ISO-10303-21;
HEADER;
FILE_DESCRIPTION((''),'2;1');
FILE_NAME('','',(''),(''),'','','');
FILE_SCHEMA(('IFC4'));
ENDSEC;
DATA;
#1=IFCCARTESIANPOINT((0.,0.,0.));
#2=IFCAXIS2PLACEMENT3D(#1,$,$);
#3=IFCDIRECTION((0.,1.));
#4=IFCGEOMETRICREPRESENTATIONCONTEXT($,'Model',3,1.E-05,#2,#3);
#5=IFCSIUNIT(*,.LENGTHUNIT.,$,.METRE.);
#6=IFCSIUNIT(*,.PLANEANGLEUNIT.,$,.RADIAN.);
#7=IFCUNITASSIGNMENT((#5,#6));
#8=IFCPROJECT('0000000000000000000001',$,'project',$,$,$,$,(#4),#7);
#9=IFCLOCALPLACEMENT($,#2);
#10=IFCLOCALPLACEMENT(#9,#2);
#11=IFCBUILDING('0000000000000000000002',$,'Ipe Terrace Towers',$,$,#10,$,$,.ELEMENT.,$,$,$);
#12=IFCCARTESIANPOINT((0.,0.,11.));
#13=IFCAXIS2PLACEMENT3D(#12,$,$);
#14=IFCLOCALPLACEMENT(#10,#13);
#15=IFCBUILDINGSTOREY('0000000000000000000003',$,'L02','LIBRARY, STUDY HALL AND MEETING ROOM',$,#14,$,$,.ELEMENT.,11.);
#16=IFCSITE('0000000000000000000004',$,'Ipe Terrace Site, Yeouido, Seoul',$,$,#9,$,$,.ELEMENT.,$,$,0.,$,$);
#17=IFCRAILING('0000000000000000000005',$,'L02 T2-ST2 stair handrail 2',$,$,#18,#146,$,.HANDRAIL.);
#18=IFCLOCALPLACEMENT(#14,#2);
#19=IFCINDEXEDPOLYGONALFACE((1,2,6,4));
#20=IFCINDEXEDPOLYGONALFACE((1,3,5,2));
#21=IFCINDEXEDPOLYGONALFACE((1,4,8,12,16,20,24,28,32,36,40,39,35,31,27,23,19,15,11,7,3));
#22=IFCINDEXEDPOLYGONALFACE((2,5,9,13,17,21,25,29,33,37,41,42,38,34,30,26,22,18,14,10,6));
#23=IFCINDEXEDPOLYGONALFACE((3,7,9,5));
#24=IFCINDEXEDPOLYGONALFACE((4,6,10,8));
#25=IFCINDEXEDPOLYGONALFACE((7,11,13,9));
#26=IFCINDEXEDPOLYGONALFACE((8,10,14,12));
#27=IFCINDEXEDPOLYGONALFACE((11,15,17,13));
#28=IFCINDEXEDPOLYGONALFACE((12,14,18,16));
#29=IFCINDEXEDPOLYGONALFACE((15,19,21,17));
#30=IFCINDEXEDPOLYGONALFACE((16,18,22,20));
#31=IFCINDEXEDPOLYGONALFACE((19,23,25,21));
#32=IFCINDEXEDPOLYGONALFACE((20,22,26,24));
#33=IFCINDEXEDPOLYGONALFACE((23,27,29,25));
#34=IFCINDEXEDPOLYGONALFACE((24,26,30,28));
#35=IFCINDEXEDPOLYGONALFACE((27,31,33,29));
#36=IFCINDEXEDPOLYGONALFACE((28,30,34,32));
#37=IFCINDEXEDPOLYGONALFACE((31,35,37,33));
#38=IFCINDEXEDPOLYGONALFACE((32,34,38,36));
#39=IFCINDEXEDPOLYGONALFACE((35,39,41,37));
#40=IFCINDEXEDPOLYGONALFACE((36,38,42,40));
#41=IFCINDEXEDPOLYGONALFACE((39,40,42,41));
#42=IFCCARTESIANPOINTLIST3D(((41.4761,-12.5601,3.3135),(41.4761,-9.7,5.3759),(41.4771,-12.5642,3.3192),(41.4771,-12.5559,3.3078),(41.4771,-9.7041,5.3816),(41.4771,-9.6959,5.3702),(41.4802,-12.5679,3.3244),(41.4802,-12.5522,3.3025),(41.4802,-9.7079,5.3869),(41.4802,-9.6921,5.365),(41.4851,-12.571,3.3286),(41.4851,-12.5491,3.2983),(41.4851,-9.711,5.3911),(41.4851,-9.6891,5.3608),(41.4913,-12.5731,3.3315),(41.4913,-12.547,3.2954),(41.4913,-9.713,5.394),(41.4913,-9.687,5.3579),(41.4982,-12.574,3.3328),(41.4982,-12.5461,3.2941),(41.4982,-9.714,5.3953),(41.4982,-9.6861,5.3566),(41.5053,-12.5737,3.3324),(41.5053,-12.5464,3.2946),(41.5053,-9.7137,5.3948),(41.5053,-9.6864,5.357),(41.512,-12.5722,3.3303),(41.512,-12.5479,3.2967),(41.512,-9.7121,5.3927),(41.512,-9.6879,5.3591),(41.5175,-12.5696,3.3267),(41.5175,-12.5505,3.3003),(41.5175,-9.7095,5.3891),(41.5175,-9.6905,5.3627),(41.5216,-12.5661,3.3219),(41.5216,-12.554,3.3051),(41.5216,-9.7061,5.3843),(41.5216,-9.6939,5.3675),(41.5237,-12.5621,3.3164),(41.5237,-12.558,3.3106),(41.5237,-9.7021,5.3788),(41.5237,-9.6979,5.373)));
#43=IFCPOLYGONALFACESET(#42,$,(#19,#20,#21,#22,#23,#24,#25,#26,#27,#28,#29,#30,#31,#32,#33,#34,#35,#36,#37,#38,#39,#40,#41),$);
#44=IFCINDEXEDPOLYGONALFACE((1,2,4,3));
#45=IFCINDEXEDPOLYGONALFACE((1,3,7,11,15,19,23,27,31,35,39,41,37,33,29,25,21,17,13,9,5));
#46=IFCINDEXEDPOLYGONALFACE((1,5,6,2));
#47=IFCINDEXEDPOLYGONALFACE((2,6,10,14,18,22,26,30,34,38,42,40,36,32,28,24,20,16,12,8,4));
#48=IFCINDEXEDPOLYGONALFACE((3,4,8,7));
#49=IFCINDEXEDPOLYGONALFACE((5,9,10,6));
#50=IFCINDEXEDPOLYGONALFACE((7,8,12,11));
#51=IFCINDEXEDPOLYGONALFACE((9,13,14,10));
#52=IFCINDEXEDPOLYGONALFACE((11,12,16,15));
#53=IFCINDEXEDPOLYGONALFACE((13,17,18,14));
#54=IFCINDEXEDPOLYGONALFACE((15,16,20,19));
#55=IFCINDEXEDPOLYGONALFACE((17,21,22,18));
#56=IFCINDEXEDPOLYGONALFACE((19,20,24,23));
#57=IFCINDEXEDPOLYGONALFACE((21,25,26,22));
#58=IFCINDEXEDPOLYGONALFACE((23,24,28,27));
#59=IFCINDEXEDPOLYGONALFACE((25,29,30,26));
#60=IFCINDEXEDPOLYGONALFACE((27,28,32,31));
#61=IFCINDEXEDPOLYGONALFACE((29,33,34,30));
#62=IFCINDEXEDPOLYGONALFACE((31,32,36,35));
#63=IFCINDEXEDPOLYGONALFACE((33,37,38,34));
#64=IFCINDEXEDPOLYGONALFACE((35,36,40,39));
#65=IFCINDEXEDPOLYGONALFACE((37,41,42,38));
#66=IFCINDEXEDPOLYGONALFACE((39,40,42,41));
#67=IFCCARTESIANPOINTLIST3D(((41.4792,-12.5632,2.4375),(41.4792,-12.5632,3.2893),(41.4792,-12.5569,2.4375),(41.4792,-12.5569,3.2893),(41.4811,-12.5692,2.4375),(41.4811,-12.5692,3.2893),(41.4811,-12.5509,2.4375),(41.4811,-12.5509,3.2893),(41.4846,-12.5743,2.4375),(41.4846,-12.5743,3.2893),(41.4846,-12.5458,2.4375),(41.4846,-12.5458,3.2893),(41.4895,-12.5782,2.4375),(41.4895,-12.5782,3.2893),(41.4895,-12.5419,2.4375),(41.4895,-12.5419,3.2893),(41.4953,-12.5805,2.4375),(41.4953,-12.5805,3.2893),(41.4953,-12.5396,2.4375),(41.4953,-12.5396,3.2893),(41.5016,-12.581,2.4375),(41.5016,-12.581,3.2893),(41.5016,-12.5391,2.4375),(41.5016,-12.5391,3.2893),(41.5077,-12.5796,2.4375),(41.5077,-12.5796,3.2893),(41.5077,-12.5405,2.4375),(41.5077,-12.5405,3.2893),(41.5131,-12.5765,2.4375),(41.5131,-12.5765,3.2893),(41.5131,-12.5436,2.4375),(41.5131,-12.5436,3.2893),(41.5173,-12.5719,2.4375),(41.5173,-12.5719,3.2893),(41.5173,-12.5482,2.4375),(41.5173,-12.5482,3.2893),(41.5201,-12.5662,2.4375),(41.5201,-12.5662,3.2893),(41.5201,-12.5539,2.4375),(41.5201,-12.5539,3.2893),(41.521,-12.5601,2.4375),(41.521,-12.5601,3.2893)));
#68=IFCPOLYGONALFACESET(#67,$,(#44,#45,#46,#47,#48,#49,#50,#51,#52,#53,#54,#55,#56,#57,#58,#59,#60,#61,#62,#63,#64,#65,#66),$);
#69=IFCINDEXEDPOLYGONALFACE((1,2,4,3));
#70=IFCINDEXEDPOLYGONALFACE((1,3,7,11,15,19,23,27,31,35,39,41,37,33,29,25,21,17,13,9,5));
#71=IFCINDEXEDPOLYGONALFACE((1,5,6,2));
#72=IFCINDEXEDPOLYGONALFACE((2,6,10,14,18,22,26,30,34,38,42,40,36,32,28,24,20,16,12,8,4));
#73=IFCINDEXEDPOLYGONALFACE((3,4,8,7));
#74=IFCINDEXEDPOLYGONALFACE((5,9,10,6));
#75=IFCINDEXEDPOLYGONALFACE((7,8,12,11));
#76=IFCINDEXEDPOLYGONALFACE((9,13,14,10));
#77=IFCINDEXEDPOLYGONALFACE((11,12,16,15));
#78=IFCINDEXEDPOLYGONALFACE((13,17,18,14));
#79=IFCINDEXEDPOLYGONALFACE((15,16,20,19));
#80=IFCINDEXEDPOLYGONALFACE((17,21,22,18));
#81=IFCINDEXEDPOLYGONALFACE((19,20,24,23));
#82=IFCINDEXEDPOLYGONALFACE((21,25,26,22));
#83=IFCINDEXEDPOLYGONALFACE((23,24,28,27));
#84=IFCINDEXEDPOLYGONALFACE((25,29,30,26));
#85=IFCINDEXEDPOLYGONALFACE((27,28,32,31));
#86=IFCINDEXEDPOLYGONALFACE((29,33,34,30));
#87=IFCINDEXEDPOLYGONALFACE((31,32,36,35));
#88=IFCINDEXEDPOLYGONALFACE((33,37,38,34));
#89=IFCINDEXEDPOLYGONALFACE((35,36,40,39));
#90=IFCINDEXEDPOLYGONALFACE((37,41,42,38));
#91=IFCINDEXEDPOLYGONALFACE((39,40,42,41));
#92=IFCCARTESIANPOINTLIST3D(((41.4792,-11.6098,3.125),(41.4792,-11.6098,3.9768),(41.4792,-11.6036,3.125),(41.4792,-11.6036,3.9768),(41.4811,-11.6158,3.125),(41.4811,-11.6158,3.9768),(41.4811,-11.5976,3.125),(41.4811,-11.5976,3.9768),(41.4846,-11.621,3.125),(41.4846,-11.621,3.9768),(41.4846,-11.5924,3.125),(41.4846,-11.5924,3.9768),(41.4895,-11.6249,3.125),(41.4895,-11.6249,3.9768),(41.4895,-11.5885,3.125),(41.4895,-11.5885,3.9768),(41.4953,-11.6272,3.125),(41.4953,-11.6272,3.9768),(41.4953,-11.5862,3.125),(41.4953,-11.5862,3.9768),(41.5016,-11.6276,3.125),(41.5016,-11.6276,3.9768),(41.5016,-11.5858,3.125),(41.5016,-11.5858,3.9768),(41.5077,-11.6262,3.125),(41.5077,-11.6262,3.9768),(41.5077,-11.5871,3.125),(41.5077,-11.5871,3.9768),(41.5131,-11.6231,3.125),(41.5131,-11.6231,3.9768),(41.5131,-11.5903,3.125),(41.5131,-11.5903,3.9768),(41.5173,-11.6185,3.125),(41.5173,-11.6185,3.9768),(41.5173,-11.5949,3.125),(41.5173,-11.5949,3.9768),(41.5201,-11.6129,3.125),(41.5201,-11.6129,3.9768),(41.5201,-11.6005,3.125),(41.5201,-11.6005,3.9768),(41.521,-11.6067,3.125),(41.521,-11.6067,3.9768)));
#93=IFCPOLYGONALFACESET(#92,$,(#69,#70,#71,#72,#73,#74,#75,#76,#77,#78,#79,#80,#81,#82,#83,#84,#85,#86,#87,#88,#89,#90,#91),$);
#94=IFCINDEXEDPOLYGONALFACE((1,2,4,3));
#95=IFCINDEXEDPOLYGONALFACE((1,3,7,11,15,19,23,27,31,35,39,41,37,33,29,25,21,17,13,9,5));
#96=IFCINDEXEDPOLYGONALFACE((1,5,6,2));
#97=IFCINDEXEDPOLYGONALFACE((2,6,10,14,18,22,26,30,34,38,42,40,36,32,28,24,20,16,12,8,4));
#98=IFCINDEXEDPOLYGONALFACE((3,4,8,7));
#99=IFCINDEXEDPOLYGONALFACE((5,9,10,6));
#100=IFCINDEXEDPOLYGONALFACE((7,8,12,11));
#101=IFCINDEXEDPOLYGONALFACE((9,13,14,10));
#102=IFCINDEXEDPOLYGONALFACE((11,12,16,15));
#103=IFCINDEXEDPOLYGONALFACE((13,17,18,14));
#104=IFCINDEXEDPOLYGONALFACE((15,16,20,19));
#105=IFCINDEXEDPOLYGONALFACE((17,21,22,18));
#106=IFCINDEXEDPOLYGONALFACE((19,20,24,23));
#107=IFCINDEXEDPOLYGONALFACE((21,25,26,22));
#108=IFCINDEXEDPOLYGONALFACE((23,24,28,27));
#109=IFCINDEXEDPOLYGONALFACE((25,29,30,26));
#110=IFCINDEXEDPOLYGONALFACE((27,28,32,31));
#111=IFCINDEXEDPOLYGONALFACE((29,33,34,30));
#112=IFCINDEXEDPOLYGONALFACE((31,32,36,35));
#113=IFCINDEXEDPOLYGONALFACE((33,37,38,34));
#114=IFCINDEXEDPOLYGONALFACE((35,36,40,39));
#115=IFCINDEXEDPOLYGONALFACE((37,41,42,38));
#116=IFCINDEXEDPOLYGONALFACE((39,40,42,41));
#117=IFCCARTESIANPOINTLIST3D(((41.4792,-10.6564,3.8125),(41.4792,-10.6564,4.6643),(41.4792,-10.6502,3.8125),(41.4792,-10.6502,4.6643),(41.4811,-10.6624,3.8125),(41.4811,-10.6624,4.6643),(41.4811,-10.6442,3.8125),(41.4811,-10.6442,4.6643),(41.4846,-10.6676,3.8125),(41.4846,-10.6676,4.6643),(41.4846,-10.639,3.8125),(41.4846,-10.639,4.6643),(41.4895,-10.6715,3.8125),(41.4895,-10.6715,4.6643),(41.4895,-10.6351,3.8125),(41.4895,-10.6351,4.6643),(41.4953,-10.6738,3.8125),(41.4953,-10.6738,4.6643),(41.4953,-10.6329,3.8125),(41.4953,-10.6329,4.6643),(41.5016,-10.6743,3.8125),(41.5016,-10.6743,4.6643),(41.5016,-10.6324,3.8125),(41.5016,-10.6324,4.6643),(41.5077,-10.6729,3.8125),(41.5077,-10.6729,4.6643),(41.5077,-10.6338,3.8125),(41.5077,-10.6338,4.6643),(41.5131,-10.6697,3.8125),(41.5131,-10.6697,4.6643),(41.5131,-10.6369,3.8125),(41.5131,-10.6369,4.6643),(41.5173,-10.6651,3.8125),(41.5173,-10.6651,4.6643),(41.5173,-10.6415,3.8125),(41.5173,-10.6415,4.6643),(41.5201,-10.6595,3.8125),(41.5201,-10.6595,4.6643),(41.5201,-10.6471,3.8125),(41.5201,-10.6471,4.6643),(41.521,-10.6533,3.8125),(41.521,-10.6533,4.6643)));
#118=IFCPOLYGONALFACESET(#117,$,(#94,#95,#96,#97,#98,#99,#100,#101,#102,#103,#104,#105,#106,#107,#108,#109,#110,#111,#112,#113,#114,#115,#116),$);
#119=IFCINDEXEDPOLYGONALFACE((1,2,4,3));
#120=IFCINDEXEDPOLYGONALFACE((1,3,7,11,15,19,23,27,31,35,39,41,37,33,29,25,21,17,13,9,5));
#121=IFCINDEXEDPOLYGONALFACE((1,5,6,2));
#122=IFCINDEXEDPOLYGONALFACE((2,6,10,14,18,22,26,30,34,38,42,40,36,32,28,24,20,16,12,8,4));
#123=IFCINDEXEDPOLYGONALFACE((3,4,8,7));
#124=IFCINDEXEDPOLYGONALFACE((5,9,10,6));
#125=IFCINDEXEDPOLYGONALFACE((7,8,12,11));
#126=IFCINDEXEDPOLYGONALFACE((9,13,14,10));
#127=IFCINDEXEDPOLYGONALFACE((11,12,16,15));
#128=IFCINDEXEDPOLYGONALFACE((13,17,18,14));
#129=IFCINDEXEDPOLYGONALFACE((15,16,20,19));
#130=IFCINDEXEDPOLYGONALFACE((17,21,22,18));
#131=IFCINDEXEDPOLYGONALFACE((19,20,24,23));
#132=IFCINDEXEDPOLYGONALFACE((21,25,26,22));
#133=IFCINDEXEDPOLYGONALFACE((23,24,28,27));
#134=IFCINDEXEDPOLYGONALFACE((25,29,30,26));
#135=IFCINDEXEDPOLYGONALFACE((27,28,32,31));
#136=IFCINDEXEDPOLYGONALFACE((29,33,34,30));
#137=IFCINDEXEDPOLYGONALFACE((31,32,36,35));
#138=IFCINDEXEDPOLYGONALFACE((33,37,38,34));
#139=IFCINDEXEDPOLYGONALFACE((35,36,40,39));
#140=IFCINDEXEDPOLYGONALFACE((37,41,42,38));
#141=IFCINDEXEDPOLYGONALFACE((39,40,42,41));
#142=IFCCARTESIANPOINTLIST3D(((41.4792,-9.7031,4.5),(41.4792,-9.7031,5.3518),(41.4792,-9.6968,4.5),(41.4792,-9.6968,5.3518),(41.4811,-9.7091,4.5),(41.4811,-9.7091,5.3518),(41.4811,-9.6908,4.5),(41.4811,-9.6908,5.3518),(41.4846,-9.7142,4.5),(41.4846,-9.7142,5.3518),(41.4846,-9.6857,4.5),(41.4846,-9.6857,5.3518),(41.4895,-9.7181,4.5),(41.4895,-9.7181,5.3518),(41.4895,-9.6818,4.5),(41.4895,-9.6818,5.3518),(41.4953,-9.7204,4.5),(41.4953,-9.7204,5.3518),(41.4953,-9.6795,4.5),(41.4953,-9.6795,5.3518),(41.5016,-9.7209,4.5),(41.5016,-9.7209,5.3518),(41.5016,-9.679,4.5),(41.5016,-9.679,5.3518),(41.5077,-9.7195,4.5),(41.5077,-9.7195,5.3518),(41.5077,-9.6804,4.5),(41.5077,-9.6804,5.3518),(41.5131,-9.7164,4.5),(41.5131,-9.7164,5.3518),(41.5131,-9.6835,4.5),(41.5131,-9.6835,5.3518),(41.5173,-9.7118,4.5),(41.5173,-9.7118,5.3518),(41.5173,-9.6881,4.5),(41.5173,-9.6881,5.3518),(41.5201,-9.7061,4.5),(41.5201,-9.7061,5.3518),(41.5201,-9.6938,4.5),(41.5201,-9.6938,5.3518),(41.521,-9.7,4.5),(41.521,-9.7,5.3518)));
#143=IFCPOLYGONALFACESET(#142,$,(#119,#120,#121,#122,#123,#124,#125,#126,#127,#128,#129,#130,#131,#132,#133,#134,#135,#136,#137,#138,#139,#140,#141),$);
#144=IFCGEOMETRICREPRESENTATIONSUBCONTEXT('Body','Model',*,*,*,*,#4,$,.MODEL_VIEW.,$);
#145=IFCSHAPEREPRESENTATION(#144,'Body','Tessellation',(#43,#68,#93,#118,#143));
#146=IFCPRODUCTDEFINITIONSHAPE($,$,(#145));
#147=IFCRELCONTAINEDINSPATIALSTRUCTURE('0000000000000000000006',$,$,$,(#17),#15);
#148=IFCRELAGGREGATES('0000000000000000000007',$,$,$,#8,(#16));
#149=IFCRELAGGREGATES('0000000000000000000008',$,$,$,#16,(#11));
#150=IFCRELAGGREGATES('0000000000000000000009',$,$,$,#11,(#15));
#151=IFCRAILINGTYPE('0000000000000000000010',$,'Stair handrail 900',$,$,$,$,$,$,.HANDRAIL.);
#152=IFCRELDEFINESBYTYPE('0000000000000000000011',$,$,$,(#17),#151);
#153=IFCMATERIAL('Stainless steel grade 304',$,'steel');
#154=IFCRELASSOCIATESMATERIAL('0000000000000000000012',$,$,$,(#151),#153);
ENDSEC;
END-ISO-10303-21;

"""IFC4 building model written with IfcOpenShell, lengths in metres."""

from ifc_helpers import new_model, si_unit, direction, frame, origin, origin_2d, place, context, subcontext, project, spatial, circle, extrude, material, type_object, element, save


model = new_model("IFC4")

# Units and contexts
model_context = context("Model", 3, precision=1e-05, world=origin(), true_north=direction((0.0, 1.0)))
body_context = subcontext(model_context, "Body", "Model", "MODEL_VIEW")
ifc_project = project(units=[si_unit("LENGTHUNIT", "METRE"), si_unit("PLANEANGLEUNIT", "RADIAN")], contexts=[model_context])

# Site, building, storey
site_placement = place(None, origin())
site = spatial("IfcSite", under=ifc_project, at=site_placement, Name="Ipe Terrace Site, Yeouido, Seoul", CompositionType="ELEMENT", RefElevation=0.0)
building_placement = place(site_placement, origin())
building = spatial("IfcBuilding", under=site, at=building_placement, Name="Ipe Terrace Towers", CompositionType="ELEMENT")
storey_placement = place(building_placement, frame((0.0, 0.0, 11.0)))
storey = spatial("IfcBuildingStorey", under=building, at=storey_placement, Name="L02", Description="LIBRARY, STUDY HALL AND MEETING ROOM", CompositionType="ELEMENT", Elevation=11.0)

# Railing
ifc_material_1 = material(Name="Stainless steel grade 304", Category="steel")
railing_type_1 = type_object("IfcRailingType", Name="Stair handrail 900", PredefinedType="HANDRAIL", material=ifc_material_1)
railing_1_placement = place(storey_placement, frame((41.5, -12.5601, 2.4375)))
element("IfcRailing", 1, at=railing_1_placement, inside=storey, type_object=railing_type_1, Name="L02 T2-ST2 stair handrail 2", PredefinedType="HANDRAIL", context=body_context, shape_type="SweptSolid", body=[
    extrude(circle(Radius=0.0239, at=origin_2d()), frame((0.0, 0.0, 0.876), z_axis=(0.0, 0.811101, 0.584906), x_axis=(-1.0, 0.0, 0.0)), (0.0, 0.0, 1.0), 3.5261),
    extrude(circle(Radius=0.021, at=origin_2d()), origin(), (0.0, 0.0, 1.0), 0.8518),
    extrude(circle(Radius=0.021, at=origin_2d()), frame((0.0, 0.9534, 0.6875)), (0.0, 0.0, 1.0), 0.8518),
    extrude(circle(Radius=0.021, at=origin_2d()), frame((0.0, 1.9067, 1.375)), (0.0, 0.0, 1.0), 0.8518),
    extrude(circle(Radius=0.021, at=origin_2d()), frame((0.0, 2.8601, 2.0625)), (0.0, 0.0, 1.0), 0.8518),
])

save(model, "model.ifc")
